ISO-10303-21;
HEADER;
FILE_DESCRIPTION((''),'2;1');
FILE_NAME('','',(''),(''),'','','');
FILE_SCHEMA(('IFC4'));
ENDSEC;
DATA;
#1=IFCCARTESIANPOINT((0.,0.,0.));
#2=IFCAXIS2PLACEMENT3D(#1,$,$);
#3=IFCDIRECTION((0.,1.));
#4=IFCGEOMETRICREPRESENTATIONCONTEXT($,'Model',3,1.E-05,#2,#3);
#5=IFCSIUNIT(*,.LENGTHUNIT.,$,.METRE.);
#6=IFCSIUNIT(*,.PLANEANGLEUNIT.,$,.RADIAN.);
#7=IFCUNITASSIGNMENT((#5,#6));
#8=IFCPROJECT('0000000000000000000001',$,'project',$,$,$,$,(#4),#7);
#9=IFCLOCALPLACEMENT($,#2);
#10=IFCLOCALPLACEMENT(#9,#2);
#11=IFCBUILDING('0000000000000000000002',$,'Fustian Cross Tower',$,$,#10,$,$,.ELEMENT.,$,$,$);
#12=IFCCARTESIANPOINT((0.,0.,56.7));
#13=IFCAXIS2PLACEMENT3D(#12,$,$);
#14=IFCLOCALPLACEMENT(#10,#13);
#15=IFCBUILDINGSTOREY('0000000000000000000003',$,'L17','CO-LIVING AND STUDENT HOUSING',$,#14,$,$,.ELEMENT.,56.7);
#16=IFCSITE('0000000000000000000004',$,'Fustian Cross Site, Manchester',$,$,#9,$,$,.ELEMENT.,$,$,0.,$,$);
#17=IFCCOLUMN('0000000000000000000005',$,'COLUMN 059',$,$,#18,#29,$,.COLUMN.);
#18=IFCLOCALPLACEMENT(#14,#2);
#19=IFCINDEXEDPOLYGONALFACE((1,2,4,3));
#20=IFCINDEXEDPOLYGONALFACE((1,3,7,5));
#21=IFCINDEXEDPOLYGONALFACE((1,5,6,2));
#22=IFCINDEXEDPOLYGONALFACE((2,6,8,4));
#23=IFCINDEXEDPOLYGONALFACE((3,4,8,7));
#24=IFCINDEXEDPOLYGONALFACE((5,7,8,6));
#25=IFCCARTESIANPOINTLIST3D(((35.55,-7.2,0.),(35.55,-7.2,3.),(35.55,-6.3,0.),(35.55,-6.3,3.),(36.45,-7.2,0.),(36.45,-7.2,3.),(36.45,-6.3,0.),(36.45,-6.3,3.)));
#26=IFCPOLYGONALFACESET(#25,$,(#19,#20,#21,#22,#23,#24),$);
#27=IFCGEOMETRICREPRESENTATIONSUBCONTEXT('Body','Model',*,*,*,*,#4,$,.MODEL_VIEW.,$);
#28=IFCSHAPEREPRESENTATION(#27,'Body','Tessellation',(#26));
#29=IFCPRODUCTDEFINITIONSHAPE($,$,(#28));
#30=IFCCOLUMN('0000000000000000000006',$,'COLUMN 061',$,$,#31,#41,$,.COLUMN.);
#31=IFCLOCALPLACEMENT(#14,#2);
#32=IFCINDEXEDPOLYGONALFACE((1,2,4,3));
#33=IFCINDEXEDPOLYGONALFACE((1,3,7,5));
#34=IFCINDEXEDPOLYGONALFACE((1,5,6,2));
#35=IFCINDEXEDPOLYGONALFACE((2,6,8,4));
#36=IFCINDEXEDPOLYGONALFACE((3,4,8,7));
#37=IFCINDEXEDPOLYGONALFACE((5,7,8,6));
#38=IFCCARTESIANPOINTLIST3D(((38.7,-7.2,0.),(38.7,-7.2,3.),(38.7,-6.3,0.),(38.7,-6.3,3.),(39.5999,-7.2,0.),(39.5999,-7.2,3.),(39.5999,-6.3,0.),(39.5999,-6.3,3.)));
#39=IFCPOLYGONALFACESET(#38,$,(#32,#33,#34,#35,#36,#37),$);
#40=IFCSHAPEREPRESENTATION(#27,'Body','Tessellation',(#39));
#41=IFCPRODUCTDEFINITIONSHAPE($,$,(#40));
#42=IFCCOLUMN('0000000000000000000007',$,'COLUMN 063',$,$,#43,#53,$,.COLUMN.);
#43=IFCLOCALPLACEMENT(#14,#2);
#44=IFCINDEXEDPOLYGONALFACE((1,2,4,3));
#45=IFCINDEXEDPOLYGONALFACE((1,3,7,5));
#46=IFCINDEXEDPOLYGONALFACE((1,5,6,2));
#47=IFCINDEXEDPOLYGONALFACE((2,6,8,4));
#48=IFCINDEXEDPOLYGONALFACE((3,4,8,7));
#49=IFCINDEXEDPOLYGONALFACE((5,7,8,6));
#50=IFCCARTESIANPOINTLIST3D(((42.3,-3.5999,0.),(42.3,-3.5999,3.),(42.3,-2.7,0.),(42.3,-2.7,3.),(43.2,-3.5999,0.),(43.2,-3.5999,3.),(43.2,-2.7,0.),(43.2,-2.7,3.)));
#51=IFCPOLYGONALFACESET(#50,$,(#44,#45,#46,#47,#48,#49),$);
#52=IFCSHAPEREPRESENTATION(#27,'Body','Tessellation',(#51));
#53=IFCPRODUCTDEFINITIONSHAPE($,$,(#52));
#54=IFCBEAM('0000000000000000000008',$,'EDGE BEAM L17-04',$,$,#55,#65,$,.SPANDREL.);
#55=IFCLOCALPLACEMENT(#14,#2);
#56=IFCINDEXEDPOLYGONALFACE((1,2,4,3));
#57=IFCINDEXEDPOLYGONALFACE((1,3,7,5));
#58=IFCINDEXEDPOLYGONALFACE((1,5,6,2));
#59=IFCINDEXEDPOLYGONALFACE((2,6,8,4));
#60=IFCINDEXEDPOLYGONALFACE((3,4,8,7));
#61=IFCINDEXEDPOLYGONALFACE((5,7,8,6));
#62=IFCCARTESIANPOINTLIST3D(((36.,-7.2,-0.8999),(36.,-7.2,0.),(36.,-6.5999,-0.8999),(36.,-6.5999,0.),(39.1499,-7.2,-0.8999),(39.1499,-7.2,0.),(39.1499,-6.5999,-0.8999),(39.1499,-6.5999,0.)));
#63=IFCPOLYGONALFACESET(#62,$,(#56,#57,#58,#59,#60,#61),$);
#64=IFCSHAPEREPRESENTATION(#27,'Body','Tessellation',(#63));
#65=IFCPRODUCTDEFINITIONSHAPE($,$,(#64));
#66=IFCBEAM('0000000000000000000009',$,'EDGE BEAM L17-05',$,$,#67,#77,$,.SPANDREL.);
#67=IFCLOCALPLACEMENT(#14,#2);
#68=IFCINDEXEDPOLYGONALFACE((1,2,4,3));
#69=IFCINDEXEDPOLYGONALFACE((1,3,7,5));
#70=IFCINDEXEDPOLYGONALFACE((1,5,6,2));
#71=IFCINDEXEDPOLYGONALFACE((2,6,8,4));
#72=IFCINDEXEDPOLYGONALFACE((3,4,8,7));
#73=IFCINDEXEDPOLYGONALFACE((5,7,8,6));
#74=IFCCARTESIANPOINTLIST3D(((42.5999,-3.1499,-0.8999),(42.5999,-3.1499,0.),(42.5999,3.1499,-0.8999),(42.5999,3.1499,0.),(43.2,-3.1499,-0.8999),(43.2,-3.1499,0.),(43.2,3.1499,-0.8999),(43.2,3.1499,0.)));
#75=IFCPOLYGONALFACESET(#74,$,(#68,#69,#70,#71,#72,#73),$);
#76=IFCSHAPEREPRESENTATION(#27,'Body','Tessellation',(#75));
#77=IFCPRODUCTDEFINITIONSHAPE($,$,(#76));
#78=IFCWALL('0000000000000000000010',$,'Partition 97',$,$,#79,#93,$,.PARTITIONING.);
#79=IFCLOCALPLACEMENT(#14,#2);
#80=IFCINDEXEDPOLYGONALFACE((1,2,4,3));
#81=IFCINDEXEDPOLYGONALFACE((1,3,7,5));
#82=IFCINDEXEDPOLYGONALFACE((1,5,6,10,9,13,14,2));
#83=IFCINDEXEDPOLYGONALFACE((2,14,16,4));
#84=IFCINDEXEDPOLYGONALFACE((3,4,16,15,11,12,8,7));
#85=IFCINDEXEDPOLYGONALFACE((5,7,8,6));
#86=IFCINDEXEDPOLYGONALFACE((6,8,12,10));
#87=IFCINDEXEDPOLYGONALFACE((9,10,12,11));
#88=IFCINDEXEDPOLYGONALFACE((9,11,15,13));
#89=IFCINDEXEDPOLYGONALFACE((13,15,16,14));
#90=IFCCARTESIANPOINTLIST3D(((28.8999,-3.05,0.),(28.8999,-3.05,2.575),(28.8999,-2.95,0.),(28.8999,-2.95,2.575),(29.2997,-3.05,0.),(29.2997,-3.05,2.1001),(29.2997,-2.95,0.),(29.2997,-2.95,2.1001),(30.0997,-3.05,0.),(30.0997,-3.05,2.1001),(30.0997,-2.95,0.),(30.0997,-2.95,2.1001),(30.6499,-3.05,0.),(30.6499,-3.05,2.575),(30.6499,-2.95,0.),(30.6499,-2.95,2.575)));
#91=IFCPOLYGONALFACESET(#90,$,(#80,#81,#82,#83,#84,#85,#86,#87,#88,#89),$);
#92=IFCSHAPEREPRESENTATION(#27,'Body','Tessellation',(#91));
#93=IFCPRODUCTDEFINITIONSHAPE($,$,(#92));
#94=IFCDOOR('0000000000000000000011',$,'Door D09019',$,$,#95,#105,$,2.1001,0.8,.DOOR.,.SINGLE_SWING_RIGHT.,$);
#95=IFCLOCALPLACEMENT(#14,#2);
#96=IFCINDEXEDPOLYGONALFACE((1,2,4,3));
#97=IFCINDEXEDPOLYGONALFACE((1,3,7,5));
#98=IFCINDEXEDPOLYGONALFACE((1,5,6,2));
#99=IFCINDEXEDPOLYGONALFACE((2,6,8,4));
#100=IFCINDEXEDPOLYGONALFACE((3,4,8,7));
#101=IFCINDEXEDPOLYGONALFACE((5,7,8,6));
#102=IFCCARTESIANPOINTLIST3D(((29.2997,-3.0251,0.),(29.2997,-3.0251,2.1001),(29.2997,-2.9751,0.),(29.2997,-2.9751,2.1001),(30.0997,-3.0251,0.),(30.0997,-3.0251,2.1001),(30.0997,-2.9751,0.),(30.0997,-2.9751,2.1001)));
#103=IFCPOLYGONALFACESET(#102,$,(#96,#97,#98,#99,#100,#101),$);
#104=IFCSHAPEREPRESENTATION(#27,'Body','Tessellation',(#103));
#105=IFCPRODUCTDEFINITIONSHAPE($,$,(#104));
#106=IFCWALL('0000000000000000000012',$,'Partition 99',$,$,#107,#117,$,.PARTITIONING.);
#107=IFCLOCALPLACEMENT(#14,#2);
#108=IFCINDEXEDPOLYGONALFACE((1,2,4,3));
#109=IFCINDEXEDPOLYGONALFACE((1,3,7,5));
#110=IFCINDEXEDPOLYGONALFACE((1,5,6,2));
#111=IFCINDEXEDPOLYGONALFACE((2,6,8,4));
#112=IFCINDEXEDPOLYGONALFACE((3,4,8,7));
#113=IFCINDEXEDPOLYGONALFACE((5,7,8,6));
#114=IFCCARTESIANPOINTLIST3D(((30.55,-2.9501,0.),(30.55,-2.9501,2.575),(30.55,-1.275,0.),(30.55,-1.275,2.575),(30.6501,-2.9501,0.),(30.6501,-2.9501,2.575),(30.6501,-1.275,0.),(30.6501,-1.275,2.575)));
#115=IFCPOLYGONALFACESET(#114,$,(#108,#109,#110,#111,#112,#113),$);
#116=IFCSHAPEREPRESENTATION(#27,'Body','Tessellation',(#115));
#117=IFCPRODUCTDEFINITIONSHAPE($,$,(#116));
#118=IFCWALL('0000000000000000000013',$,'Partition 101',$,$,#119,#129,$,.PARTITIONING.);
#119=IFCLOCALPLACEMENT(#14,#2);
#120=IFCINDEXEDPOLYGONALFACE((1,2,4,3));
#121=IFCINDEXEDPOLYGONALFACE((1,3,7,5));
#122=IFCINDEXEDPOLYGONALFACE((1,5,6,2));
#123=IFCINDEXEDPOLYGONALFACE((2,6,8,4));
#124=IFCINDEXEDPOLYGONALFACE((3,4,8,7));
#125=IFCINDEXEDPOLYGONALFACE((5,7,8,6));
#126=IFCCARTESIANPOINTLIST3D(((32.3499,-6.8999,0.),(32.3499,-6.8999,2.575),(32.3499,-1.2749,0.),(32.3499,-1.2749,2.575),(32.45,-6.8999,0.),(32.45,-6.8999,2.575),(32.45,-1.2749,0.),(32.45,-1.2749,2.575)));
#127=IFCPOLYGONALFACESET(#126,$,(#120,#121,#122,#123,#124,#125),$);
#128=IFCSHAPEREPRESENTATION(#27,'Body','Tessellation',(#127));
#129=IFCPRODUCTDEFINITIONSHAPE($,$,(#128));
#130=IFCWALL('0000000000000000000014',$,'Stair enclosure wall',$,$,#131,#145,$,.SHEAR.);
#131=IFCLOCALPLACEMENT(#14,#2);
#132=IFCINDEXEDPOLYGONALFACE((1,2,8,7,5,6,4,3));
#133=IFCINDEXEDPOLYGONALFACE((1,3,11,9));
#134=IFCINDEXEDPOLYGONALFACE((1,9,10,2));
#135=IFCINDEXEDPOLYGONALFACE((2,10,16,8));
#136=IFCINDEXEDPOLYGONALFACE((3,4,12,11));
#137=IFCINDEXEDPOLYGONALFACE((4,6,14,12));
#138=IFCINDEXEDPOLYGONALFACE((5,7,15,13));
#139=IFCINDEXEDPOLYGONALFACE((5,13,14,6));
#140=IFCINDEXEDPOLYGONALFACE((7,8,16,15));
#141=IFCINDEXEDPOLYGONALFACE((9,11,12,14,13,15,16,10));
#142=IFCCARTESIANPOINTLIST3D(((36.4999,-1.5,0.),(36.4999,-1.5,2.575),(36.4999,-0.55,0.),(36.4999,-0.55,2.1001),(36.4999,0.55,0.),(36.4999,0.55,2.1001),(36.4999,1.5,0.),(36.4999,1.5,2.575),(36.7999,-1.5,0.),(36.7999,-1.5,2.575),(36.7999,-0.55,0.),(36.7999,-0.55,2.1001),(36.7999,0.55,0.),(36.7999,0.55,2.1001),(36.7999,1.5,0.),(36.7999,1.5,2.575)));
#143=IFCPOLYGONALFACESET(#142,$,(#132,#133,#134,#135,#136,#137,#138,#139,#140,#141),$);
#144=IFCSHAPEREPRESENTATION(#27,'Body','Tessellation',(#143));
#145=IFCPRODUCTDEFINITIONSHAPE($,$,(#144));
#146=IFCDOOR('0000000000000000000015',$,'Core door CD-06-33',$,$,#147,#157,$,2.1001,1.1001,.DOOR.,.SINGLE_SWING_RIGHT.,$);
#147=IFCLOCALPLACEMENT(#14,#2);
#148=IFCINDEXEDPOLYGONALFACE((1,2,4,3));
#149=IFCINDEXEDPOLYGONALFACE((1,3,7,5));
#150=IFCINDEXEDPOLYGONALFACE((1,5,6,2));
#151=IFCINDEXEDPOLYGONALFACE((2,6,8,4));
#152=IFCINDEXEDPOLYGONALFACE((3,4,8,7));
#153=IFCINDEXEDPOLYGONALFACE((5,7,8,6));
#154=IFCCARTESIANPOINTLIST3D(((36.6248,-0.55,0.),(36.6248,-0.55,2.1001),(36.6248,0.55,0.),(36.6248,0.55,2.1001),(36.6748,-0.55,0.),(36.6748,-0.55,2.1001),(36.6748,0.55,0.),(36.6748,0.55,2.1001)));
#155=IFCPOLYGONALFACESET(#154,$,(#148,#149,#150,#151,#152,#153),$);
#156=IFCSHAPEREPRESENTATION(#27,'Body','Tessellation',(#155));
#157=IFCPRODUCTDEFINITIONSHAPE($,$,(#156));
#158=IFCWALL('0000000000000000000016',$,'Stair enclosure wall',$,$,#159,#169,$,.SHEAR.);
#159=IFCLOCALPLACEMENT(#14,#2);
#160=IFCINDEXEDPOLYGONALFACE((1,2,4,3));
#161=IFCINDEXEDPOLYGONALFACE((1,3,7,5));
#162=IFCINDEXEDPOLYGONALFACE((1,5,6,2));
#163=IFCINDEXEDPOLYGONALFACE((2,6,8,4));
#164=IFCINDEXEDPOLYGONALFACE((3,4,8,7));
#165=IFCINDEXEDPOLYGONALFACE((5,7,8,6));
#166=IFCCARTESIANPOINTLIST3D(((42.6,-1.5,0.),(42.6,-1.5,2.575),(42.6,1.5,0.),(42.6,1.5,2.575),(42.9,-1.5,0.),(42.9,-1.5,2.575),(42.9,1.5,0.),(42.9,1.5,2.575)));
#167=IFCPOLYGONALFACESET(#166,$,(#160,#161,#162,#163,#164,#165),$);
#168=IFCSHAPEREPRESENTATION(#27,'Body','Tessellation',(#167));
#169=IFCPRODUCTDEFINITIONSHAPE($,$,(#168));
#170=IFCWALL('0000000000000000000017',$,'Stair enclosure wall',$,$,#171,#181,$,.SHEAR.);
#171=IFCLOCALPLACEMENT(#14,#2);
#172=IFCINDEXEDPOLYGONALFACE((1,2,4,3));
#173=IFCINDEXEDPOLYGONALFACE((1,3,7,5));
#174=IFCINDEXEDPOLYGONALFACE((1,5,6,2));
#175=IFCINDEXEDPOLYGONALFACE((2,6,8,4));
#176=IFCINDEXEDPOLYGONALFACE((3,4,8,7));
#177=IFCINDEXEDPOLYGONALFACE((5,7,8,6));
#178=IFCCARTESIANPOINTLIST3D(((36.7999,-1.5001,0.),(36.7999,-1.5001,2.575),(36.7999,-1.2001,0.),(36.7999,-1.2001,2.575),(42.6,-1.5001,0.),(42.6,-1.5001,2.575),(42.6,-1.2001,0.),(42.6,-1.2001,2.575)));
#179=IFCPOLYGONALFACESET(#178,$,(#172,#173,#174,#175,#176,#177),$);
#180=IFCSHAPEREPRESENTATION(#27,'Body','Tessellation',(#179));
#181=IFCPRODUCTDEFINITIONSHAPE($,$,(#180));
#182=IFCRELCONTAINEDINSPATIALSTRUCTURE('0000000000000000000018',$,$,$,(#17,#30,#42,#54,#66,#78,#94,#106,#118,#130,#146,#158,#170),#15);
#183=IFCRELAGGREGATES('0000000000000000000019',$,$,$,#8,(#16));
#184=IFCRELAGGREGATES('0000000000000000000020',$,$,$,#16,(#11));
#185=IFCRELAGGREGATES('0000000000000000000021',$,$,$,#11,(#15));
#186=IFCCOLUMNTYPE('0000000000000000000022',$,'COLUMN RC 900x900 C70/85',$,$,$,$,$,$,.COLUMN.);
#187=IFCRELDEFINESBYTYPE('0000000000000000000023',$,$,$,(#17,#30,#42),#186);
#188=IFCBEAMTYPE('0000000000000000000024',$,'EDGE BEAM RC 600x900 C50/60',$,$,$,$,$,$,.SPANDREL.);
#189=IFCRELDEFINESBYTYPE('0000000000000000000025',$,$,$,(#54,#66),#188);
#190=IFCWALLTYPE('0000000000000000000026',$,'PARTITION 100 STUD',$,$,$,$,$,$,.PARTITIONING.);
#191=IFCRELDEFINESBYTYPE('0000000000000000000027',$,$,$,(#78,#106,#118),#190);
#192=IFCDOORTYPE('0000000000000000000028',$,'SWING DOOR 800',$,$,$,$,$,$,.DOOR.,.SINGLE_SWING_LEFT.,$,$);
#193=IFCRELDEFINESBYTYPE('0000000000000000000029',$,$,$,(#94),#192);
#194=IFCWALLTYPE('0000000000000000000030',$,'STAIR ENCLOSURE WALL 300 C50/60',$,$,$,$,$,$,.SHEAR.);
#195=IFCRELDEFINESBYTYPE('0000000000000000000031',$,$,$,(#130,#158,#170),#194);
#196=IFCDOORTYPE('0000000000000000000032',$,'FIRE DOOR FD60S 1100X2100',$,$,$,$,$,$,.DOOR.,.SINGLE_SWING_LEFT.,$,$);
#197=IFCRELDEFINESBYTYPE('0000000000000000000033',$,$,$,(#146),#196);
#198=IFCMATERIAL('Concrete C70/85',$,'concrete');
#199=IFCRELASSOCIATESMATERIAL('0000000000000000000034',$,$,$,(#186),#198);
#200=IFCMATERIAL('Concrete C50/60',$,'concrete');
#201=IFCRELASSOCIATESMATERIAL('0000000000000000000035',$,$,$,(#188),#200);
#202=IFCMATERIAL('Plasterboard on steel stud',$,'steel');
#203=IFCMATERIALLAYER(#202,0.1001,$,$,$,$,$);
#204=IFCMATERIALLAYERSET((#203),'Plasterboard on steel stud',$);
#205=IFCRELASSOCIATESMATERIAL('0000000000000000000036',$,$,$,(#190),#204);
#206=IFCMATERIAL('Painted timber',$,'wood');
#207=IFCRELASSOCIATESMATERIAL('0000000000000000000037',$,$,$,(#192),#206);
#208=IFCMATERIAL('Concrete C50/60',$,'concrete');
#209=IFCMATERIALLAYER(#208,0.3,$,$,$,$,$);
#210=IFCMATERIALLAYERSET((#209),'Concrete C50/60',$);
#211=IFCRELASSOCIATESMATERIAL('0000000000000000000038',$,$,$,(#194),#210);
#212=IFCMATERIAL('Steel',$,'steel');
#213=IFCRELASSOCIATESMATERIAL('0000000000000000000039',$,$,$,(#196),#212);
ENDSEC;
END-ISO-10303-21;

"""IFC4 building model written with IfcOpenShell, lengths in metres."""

from ifc_helpers import new_model, si_unit, direction, frame, frame_2d, origin, origin_2d, place, context, subcontext, project, spatial, rectangle, extrude, material, layer, layer_set, material_profile, profile_set, type_object, element, fill, save


model = new_model("IFC4")

# Units and contexts
model_context = context("Model", 3, precision=1e-05, world=origin(), true_north=direction((0.0, 1.0)))
body_context = subcontext(model_context, "Body", "Model", "MODEL_VIEW")
ifc_project = project(units=[si_unit("LENGTHUNIT", "METRE"), si_unit("PLANEANGLEUNIT", "RADIAN")], contexts=[model_context])

# Site, building, storey
site_placement = place(None, origin())
site = spatial("IfcSite", under=ifc_project, at=site_placement, Name="Fustian Cross Site, Manchester", CompositionType="ELEMENT", RefElevation=0.0)
building_placement = place(site_placement, origin())
building = spatial("IfcBuilding", under=site, at=building_placement, Name="Fustian Cross Tower", CompositionType="ELEMENT")
storey_placement = place(building_placement, frame((0.0, 0.0, 56.7)))
storey = spatial("IfcBuildingStorey", under=building, at=storey_placement, Name="L17", Description="CO-LIVING AND STUDENT HOUSING", CompositionType="ELEMENT", Elevation=56.7)

# Columns
ifc_material_1 = material(Name="Concrete C70/85", Category="concrete")
ifc_material_profile_1 = material_profile(ifc_material_1, rectangle(XDim=0.8999, YDim=0.8999, at=origin_2d()), Name="RC 900x900")
ifc_profile_set_1 = profile_set([ifc_material_profile_1], Name="Concrete C70/85")
column_type = type_object("IfcColumnType", Name="COLUMN RC 900x900 C70/85", PredefinedType="COLUMN", material=ifc_profile_set_1)
for number, where, z_axis, x_axis, name in (
    (1, (36.0, -6.75, 0.0), (0.0, 0.0, 1.0), (1.0, 0.0, 0.0), "COLUMN 059"),
    (2, (39.1499, -6.75, 0.0), (0.0, 0.0, 1.0), (1.0, 0.0, 0.0), "COLUMN 061"),
    (3, (42.75, -3.1499, 0.0), (0.0, 0.0, 1.0), (1.0, 0.0, 0.0), "COLUMN 063"),
):
    element("IfcColumn", number, at=place(storey_placement, frame(where, z_axis=z_axis, x_axis=x_axis)), inside=storey, type_object=column_type, Name=name, PredefinedType="COLUMN", context=body_context, shape_type="SweptSolid", body=[
        extrude(rectangle(XDim=0.8999, YDim=0.8999, at=origin_2d()), origin(), (0.0, 0.0, 1.0), 3.0),
    ])

# Beams
ifc_material_2 = material(Name="Concrete C50/60", Category="concrete")
ifc_material_profile_2 = material_profile(ifc_material_2, rectangle(XDim=0.6001, YDim=0.8999, at=origin_2d()), Name="RC 600x900")
ifc_profile_set_2 = profile_set([ifc_material_profile_2], Name="Concrete C50/60")
beam_type = type_object("IfcBeamType", Name="EDGE BEAM RC 600x900 C50/60", PredefinedType="SPANDREL", material=ifc_profile_set_2)
beam_1_placement = place(storey_placement, frame((36.0, -6.8999, -0.45), z_axis=(1.0, 0.0, 0.0), x_axis=(0.0, 1.0, 0.0)))
element("IfcBeam", 4, at=beam_1_placement, inside=storey, type_object=beam_type, Name="EDGE BEAM L17-04", PredefinedType="SPANDREL", context=body_context, shape_type="SweptSolid", body=[
    extrude(rectangle(XDim=0.6001, YDim=0.8999, at=origin_2d()), origin(), (0.0, 0.0, 1.0), 3.1499),
])
beam_2_placement = place(storey_placement, frame((42.8999, -3.1499, -0.45), z_axis=(0.0, 1.0, 0.0), x_axis=(-1.0, 0.0, 0.0)))
element("IfcBeam", 5, at=beam_2_placement, inside=storey, type_object=beam_type, Name="EDGE BEAM L17-05", PredefinedType="SPANDREL", context=body_context, shape_type="SweptSolid", body=[
    extrude(rectangle(XDim=0.6001, YDim=0.8999, at=origin_2d()), origin(), (0.0, 0.0, 1.0), 6.2998),
])

# Wall, opening, door
ifc_material_3 = material(Name="Plasterboard on steel stud", Category="steel")
ifc_layer_1 = layer(ifc_material_3, 0.1001)
ifc_layer_set_1 = layer_set([ifc_layer_1], Name="Plasterboard on steel stud")
wall_type_1 = type_object("IfcWallType", Name="PARTITION 100 STUD", PredefinedType="PARTITIONING", material=ifc_layer_set_1)
wall_1_placement = place(storey_placement, frame((28.8999, -3.0, 0.0), z_axis=(0.0, 0.0, 1.0), x_axis=(1.0, 0.0, 0.0)))
wall_1 = element("IfcWall", 6, at=wall_1_placement, inside=storey, type_object=wall_type_1, Name="Partition 97", PredefinedType="PARTITIONING", context=body_context, shape_type="SweptSolid", body=[
    extrude(rectangle(XDim=1.75, YDim=0.1001, at=frame_2d((0.875, 0.0))), origin(), (0.0, 0.0, 1.0), 2.575),
])
opening_1_placement = place(wall_1_placement, frame((0.3999, 0.0, 0.0)))
opening_1 = element("IfcOpeningElement", 7, at=opening_1_placement, cuts=wall_1, PredefinedType="OPENING", context=body_context, shape_type="SweptSolid", body=[
    extrude(rectangle(XDim=0.8, YDim=2.1001, at=frame_2d((0.3999, 1.05))), frame((0.0, 0.0601, 0.0), z_axis=(0.0, -1.0, 0.0), x_axis=(1.0, 0.0, 0.0)), (0.0, 0.0, 1.0), 0.1201),
])
ifc_material_4 = material(Name="Painted timber", Category="wood")
door_type_1 = type_object("IfcDoorType", Name="SWING DOOR 800", OperationType="SINGLE_SWING_LEFT", PredefinedType="DOOR", material=ifc_material_4)
door_1_placement = place(opening_1_placement, origin())
door_1 = element("IfcDoor", 8, at=door_1_placement, inside=storey, type_object=door_type_1, Name="Door D09019", OperationType="SINGLE_SWING_RIGHT", OverallHeight=2.1001, OverallWidth=0.8, PredefinedType="DOOR", context=body_context, shape_type="SweptSolid", body=[
    extrude(rectangle(XDim=0.8, YDim=2.1001, at=frame_2d((0.3999, 1.05))), frame((0.0, 0.0249, 0.0), z_axis=(0.0, -1.0, 0.0), x_axis=(1.0, 0.0, 0.0)), (0.0, 0.0, 1.0), 0.05),
])
fill(opening_1, door_1)

# Walls
wall_2_placement = place(storey_placement, frame((30.6001, -2.95, 0.0), z_axis=(0.0, 0.0, 1.0), x_axis=(0.0, 1.0, 0.0)))
element("IfcWall", 9, at=wall_2_placement, inside=storey, type_object=wall_type_1, Name="Partition 99", PredefinedType="PARTITIONING", context=body_context, shape_type="SweptSolid", body=[
    extrude(rectangle(XDim=1.675, YDim=0.1001, at=frame_2d((0.8374, 0.0))), origin(), (0.0, 0.0, 1.0), 2.575),
])
wall_3_placement = place(storey_placement, frame((32.3999, -6.8999, 0.0), z_axis=(0.0, 0.0, 1.0), x_axis=(0.0, 1.0, 0.0)))
element("IfcWall", 10, at=wall_3_placement, inside=storey, type_object=wall_type_1, Name="Partition 101", PredefinedType="PARTITIONING", context=body_context, shape_type="SweptSolid", body=[
    extrude(rectangle(XDim=5.625, YDim=0.1001, at=frame_2d((2.8125, 0.0))), origin(), (0.0, 0.0, 1.0), 2.575),
])

# Wall, opening, door
ifc_material_5 = material(Name="Concrete C50/60", Category="concrete")
ifc_layer_2 = layer(ifc_material_5, 0.3)
ifc_layer_set_2 = layer_set([ifc_layer_2], Name="Concrete C50/60")
wall_type_2 = type_object("IfcWallType", Name="STAIR ENCLOSURE WALL 300 C50/60", PredefinedType="SHEAR", material=ifc_layer_set_2)
wall_4_placement = place(storey_placement, frame((36.6499, -1.5, 0.0), z_axis=(0.0, 0.0, 1.0), x_axis=(0.0, 1.0, 0.0)))
wall_4 = element("IfcWall", 11, at=wall_4_placement, inside=storey, type_object=wall_type_2, Name="Stair enclosure wall", PredefinedType="SHEAR", context=body_context, shape_type="SweptSolid", body=[
    extrude(rectangle(XDim=3.0, YDim=0.3, at=frame_2d((1.5, 0.0))), origin(), (0.0, 0.0, 1.0), 2.575),
])
opening_2_placement = place(wall_4_placement, frame((0.95, 0.0, 0.0)))
opening_2 = element("IfcOpeningElement", 12, at=opening_2_placement, cuts=wall_4, PredefinedType="OPENING", context=body_context, shape_type="SweptSolid", body=[
    extrude(rectangle(XDim=1.1001, YDim=2.1001, at=frame_2d((0.55, 1.05))), frame((0.0, 0.1599, 0.0), z_axis=(0.0, -1.0, 0.0), x_axis=(1.0, 0.0, 0.0)), (0.0, 0.0, 1.0), 0.3201),
])
ifc_material_6 = material(Name="Steel", Category="steel")
door_type_2 = type_object("IfcDoorType", Name="FIRE DOOR FD60S 1100X2100", OperationType="SINGLE_SWING_LEFT", PredefinedType="DOOR", material=ifc_material_6)
door_2_placement = place(opening_2_placement, frame((1.1001, 0.0, 0.0), z_axis=(0.0, 0.0, 1.0), x_axis=(-1.0, 0.0, 0.0)))
door_2 = element("IfcDoor", 13, at=door_2_placement, inside=storey, type_object=door_type_2, Name="Core door CD-06-33", OperationType="SINGLE_SWING_RIGHT", OverallHeight=2.1001, OverallWidth=1.1001, PredefinedType="DOOR", context=body_context, shape_type="SweptSolid", body=[
    extrude(rectangle(XDim=1.1001, YDim=2.1001, at=frame_2d((0.55, 1.05))), frame((0.0, 0.0249, 0.0), z_axis=(0.0, -1.0, 0.0), x_axis=(1.0, 0.0, 0.0)), (0.0, 0.0, 1.0), 0.05),
])
fill(opening_2, door_2)

# Walls
wall_5_placement = place(storey_placement, frame((42.75, -1.5, 0.0), z_axis=(0.0, 0.0, 1.0), x_axis=(0.0, 1.0, 0.0)))
element("IfcWall", 14, at=wall_5_placement, inside=storey, type_object=wall_type_2, Name="Stair enclosure wall", PredefinedType="SHEAR", context=body_context, shape_type="SweptSolid", body=[
    extrude(rectangle(XDim=3.0, YDim=0.3, at=frame_2d((1.5, 0.0))), origin(), (0.0, 0.0, 1.0), 2.575),
])
wall_6_placement = place(storey_placement, frame((36.8, -1.3501, 0.0), z_axis=(0.0, 0.0, 1.0), x_axis=(1.0, 0.0, 0.0)))
element("IfcWall", 15, at=wall_6_placement, inside=storey, type_object=wall_type_2, Name="Stair enclosure wall", PredefinedType="SHEAR", context=body_context, shape_type="SweptSolid", body=[
    extrude(rectangle(XDim=5.8, YDim=0.3, at=frame_2d((2.8999, 0.0))), origin(), (0.0, 0.0, 1.0), 2.575),
])

save(model, "model.ifc")
